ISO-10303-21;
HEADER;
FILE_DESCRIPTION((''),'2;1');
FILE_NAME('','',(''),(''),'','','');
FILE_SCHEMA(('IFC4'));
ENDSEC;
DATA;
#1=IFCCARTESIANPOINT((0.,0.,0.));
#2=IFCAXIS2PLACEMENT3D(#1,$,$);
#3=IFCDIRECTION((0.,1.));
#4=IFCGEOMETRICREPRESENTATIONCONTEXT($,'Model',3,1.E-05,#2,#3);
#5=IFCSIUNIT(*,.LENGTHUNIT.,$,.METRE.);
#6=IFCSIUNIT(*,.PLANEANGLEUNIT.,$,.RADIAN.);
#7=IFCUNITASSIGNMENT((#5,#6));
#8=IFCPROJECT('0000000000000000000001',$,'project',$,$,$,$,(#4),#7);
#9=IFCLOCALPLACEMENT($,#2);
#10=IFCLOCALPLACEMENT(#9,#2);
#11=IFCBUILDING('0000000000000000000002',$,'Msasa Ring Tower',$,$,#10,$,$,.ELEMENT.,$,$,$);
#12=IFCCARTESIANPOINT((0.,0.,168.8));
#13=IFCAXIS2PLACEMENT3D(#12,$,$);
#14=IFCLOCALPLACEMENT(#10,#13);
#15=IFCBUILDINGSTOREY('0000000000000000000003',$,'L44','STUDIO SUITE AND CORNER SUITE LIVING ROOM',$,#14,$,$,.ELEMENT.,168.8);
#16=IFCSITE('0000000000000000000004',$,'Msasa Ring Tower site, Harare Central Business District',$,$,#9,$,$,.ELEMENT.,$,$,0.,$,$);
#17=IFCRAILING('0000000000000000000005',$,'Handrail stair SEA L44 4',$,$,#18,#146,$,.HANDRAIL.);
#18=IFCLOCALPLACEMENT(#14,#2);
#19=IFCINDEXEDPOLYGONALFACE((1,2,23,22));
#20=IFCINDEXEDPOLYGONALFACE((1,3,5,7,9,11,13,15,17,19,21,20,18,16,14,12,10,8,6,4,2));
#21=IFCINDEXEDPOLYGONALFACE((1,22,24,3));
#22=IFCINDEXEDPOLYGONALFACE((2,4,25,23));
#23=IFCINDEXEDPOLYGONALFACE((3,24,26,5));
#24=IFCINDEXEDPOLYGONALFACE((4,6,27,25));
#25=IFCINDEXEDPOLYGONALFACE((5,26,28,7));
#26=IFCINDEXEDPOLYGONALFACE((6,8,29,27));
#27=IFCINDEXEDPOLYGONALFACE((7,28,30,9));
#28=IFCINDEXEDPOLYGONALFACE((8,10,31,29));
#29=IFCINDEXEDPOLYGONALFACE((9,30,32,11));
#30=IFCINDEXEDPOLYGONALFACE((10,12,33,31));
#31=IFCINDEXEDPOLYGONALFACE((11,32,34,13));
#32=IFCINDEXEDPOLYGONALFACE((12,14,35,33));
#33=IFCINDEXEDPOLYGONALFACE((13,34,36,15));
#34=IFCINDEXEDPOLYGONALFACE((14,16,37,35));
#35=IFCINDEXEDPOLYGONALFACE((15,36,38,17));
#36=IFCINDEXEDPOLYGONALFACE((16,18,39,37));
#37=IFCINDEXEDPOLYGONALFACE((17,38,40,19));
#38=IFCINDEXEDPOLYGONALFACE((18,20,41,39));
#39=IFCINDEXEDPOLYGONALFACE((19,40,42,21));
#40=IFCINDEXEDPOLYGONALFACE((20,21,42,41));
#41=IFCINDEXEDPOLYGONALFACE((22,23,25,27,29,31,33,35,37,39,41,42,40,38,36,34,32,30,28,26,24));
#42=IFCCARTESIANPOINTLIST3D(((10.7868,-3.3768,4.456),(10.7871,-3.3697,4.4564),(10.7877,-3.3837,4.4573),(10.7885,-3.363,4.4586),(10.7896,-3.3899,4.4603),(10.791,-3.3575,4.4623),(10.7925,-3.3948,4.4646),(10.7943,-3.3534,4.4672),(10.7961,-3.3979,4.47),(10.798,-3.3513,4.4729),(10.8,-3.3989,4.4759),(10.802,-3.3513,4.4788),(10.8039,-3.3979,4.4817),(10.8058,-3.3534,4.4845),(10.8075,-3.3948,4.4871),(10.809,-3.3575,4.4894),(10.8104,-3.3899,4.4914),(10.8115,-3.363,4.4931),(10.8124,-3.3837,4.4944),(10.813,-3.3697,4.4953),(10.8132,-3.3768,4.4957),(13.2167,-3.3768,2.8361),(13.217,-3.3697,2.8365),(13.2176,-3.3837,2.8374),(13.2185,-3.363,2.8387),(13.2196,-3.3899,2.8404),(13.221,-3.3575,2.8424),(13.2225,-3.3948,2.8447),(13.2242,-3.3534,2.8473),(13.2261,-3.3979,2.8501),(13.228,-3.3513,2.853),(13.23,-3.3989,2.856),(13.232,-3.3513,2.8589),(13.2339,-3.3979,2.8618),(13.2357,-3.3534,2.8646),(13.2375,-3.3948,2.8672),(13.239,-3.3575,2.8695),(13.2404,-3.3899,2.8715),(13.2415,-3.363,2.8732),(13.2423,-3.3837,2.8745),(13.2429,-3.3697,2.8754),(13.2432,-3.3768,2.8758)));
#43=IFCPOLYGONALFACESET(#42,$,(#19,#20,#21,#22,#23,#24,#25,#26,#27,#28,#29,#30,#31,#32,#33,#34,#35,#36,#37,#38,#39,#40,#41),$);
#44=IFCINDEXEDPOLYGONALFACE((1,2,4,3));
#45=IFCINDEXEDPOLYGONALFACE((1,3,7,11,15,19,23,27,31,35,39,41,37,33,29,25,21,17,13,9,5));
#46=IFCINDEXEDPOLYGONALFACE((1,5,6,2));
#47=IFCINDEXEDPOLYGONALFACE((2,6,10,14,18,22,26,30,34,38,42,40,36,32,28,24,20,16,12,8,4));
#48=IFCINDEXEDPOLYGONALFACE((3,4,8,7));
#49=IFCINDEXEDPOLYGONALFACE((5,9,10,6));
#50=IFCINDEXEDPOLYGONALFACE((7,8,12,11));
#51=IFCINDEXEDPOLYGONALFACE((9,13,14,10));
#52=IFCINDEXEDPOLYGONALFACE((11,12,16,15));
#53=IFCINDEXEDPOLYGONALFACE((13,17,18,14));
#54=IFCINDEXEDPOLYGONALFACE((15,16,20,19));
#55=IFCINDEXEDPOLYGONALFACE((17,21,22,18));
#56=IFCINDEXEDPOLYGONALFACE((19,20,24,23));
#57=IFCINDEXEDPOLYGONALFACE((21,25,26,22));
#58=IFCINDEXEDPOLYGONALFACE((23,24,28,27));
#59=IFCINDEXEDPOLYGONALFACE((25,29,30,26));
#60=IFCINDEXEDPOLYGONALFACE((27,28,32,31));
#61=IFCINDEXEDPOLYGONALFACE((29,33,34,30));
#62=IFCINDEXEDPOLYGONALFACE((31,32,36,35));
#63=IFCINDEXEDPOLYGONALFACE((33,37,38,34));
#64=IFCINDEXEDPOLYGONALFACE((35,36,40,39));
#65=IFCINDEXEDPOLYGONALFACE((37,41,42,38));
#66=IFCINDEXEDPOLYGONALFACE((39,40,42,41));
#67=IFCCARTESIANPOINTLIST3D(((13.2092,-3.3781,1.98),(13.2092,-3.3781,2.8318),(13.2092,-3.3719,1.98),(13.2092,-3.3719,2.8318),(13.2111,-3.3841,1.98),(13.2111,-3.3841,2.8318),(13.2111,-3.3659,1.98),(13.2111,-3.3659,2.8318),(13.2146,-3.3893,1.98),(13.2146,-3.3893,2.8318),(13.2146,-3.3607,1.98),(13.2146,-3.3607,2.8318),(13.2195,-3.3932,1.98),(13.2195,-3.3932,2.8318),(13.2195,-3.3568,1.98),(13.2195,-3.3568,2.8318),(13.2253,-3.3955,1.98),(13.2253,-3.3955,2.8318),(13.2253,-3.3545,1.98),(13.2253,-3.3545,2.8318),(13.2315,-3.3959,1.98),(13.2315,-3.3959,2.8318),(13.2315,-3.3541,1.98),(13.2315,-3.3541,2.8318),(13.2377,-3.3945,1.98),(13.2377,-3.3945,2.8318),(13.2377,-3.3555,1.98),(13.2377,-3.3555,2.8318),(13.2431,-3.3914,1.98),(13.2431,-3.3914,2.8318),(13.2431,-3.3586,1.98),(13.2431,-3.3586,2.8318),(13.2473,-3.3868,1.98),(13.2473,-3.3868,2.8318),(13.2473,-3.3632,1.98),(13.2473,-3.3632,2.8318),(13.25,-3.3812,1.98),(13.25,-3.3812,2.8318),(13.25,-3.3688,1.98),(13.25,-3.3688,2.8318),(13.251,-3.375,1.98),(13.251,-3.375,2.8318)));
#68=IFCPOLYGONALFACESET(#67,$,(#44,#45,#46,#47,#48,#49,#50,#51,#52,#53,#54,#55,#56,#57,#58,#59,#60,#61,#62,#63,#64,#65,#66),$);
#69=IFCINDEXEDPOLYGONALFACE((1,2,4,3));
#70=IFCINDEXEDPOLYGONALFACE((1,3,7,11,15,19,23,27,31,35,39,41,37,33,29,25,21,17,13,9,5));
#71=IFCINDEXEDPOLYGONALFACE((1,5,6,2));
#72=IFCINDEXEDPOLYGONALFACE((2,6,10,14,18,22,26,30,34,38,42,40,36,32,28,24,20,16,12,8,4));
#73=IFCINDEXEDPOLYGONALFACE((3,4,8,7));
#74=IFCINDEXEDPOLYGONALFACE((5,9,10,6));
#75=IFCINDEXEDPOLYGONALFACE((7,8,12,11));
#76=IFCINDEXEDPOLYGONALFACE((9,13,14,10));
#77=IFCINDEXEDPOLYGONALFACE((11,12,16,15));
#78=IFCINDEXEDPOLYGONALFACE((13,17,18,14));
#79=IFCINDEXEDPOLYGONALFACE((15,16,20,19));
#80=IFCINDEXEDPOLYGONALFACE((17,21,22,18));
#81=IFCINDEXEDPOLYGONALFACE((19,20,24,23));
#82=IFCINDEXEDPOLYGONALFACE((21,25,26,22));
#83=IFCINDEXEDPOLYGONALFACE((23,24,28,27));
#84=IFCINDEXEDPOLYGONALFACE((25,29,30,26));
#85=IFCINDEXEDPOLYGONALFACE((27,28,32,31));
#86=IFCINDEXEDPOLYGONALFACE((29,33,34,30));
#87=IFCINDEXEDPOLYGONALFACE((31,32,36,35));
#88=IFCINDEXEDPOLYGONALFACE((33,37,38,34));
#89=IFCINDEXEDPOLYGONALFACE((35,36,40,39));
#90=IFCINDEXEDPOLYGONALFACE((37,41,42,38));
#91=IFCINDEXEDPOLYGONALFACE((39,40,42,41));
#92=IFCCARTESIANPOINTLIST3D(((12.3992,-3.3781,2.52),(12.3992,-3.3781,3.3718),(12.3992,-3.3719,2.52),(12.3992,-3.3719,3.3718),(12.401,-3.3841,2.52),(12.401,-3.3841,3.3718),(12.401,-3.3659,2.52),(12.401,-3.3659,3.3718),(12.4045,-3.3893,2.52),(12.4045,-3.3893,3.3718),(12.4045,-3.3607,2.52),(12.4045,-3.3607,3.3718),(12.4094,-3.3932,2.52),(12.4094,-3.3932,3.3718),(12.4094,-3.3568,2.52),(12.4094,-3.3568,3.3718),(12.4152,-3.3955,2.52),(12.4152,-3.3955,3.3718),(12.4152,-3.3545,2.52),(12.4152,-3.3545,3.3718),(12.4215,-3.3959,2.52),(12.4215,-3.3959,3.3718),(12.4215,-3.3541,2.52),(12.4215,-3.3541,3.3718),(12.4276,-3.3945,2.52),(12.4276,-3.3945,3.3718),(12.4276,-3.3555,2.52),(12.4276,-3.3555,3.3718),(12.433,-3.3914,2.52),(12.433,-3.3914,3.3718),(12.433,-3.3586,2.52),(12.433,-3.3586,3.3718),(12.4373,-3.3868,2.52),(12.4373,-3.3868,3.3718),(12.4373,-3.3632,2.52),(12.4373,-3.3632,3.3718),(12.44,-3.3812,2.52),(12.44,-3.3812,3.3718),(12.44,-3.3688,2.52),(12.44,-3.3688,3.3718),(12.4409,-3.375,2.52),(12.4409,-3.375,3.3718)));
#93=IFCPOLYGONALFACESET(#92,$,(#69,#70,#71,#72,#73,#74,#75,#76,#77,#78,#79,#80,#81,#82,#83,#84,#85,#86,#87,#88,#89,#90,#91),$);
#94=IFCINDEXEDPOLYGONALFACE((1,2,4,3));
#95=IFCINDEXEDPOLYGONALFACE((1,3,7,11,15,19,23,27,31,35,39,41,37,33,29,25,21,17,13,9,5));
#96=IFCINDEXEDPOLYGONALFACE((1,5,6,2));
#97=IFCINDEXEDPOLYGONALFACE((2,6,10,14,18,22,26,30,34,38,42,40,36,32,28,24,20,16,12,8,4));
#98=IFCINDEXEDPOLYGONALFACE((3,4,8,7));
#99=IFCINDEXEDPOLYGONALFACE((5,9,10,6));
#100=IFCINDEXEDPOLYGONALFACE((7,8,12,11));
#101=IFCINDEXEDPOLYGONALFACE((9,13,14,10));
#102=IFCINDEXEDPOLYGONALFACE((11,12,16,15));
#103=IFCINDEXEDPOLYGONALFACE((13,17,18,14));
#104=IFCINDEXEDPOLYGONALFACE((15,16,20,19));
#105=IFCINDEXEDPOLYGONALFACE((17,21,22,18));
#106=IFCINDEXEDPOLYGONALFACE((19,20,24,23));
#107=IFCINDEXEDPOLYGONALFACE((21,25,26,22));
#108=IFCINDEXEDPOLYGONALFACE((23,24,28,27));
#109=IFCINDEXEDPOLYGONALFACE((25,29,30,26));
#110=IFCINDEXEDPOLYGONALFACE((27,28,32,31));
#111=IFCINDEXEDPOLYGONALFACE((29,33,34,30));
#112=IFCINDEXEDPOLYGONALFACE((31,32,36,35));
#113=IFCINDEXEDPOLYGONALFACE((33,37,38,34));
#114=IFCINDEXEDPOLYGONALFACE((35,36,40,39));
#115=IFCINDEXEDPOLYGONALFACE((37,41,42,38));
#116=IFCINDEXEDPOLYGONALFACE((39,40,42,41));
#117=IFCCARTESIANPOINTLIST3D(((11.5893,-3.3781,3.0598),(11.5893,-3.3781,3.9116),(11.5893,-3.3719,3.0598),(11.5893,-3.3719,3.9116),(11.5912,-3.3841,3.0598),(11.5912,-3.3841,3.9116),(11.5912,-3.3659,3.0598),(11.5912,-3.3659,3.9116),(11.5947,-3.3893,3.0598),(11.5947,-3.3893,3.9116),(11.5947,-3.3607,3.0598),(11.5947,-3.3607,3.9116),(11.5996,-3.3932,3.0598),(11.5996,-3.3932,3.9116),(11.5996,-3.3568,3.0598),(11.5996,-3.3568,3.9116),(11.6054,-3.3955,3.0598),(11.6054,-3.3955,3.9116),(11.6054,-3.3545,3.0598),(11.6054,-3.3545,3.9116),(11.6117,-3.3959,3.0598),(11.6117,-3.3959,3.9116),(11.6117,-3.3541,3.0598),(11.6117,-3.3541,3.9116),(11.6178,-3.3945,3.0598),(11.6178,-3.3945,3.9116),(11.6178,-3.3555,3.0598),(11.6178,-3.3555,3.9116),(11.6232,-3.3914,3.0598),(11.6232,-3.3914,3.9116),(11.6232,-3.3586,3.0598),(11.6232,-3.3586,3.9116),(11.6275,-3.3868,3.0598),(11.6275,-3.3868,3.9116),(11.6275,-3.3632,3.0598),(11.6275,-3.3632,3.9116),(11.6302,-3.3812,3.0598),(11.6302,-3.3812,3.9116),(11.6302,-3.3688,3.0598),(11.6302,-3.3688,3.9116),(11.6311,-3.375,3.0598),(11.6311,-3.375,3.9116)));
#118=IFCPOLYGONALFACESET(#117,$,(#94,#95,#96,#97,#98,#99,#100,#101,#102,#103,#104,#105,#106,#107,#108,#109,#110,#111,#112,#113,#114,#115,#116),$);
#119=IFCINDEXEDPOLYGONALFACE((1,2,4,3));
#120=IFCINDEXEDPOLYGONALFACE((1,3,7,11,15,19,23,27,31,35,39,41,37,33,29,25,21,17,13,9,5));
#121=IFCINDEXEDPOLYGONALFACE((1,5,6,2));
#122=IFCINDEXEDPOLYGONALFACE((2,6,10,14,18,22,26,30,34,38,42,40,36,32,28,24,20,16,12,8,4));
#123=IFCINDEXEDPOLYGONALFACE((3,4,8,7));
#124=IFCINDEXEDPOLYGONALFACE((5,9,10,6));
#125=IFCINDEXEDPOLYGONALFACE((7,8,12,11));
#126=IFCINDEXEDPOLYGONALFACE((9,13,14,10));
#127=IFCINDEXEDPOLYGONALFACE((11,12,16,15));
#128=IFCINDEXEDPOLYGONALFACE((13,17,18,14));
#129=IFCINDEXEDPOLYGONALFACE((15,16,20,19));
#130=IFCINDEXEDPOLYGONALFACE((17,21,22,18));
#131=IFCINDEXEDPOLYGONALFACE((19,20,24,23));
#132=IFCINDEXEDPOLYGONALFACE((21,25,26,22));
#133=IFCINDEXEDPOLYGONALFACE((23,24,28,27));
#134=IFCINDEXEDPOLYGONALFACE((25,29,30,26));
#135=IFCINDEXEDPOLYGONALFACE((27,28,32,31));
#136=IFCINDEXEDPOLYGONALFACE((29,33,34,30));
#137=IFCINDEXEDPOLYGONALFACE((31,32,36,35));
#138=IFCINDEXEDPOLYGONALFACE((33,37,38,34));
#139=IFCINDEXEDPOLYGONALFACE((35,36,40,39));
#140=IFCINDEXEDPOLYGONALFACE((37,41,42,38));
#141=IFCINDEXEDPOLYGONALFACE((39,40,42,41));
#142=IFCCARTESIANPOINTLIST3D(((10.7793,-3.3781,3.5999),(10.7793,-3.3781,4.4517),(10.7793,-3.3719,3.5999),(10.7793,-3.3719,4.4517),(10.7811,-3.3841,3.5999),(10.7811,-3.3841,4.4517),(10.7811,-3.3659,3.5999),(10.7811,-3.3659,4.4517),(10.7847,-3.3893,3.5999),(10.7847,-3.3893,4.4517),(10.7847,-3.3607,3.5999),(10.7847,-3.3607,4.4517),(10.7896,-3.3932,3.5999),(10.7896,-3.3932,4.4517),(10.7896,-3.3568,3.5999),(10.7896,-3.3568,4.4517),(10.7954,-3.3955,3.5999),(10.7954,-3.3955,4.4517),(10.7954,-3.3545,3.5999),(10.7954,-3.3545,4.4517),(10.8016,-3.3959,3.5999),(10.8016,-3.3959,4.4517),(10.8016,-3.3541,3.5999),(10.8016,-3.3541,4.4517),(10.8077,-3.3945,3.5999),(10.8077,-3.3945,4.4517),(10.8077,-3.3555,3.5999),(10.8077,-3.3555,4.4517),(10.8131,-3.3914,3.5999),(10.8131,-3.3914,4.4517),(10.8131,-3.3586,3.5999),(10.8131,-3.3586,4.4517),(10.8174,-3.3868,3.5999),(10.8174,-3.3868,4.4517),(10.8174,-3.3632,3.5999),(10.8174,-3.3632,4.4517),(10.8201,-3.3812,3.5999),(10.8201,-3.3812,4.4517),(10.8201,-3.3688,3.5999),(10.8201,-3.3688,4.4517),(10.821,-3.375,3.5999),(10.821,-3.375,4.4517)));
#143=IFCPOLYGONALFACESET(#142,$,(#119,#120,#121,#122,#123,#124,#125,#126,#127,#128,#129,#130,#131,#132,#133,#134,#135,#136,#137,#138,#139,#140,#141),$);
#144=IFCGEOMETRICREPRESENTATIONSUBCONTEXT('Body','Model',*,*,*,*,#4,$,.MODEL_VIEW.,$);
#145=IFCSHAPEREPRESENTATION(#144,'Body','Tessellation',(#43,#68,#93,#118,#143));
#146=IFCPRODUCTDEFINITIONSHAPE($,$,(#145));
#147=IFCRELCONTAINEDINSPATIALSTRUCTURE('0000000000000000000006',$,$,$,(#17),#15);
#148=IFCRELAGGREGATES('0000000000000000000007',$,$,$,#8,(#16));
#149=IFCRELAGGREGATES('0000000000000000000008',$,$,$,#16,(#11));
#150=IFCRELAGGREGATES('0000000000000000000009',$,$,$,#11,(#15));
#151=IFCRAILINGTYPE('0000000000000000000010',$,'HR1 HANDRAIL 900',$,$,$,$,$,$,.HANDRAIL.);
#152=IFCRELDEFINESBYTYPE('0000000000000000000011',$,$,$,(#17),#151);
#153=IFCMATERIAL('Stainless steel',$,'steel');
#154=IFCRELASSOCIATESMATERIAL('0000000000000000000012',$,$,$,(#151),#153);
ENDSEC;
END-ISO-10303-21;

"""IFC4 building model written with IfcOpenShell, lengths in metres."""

from ifc_helpers import new_model, si_unit, direction, frame, origin, origin_2d, place, context, subcontext, project, spatial, circle, extrude, material, type_object, element, save


model = new_model("IFC4")

# Units and contexts
model_context = context("Model", 3, precision=1e-05, world=origin(), true_north=direction((0.0, 1.0)))
body_context = subcontext(model_context, "Body", "Model", "MODEL_VIEW")
ifc_project = project(units=[si_unit("LENGTHUNIT", "METRE"), si_unit("PLANEANGLEUNIT", "RADIAN")], contexts=[model_context])

# Site, building, storey
site_placement = place(None, origin())
site = spatial("IfcSite", under=ifc_project, at=site_placement, Name="Msasa Ring Tower site, Harare Central Business District", CompositionType="ELEMENT", RefElevation=0.0)
building_placement = place(site_placement, origin())
building = spatial("IfcBuilding", under=site, at=building_placement, Name="Msasa Ring Tower", CompositionType="ELEMENT")
storey_placement = place(building_placement, frame((0.0, 0.0, 168.8)))
storey = spatial("IfcBuildingStorey", under=building, at=storey_placement, Name="L44", Description="STUDIO SUITE AND CORNER SUITE LIVING ROOM", CompositionType="ELEMENT", Elevation=168.8)

# Railing
ifc_material_1 = material(Name="Stainless steel", Category="steel")
railing_type = type_object("IfcRailingType", Name="HR1 HANDRAIL 900", PredefinedType="HANDRAIL", material=ifc_material_1)
for number, where, name in (
    (1, (13.23, -3.375, 1.98), "Handrail stair SEA L44 4"),
):
    element("IfcRailing", number, at=place(storey_placement, frame(where)), inside=storey, type_object=railing_type, Name=name, PredefinedType="HANDRAIL", context=body_context, shape_type="SweptSolid", body=[
        extrude(circle(Radius=0.0239, at=origin_2d()), frame((0.0, 0.0, 0.876), z_axis=(-0.832063, 0.0, 0.554681), x_axis=(0.0, -1.0, 0.0)), (0.0, 0.0, 1.0), 2.9204),
        extrude(circle(Radius=0.021, at=origin_2d()), origin(), (0.0, 0.0, 1.0), 0.8518),
        extrude(circle(Radius=0.021, at=origin_2d()), frame((-0.8101, 0.0, 0.54)), (0.0, 0.0, 1.0), 0.8518),
        extrude(circle(Radius=0.021, at=origin_2d()), frame((-1.6199, 0.0, 1.0798)), (0.0, 0.0, 1.0), 0.8518),
        extrude(circle(Radius=0.021, at=origin_2d()), frame((-2.4299, 0.0, 1.6199)), (0.0, 0.0, 1.0), 0.8518),
    ])

save(model, "model.ifc")
